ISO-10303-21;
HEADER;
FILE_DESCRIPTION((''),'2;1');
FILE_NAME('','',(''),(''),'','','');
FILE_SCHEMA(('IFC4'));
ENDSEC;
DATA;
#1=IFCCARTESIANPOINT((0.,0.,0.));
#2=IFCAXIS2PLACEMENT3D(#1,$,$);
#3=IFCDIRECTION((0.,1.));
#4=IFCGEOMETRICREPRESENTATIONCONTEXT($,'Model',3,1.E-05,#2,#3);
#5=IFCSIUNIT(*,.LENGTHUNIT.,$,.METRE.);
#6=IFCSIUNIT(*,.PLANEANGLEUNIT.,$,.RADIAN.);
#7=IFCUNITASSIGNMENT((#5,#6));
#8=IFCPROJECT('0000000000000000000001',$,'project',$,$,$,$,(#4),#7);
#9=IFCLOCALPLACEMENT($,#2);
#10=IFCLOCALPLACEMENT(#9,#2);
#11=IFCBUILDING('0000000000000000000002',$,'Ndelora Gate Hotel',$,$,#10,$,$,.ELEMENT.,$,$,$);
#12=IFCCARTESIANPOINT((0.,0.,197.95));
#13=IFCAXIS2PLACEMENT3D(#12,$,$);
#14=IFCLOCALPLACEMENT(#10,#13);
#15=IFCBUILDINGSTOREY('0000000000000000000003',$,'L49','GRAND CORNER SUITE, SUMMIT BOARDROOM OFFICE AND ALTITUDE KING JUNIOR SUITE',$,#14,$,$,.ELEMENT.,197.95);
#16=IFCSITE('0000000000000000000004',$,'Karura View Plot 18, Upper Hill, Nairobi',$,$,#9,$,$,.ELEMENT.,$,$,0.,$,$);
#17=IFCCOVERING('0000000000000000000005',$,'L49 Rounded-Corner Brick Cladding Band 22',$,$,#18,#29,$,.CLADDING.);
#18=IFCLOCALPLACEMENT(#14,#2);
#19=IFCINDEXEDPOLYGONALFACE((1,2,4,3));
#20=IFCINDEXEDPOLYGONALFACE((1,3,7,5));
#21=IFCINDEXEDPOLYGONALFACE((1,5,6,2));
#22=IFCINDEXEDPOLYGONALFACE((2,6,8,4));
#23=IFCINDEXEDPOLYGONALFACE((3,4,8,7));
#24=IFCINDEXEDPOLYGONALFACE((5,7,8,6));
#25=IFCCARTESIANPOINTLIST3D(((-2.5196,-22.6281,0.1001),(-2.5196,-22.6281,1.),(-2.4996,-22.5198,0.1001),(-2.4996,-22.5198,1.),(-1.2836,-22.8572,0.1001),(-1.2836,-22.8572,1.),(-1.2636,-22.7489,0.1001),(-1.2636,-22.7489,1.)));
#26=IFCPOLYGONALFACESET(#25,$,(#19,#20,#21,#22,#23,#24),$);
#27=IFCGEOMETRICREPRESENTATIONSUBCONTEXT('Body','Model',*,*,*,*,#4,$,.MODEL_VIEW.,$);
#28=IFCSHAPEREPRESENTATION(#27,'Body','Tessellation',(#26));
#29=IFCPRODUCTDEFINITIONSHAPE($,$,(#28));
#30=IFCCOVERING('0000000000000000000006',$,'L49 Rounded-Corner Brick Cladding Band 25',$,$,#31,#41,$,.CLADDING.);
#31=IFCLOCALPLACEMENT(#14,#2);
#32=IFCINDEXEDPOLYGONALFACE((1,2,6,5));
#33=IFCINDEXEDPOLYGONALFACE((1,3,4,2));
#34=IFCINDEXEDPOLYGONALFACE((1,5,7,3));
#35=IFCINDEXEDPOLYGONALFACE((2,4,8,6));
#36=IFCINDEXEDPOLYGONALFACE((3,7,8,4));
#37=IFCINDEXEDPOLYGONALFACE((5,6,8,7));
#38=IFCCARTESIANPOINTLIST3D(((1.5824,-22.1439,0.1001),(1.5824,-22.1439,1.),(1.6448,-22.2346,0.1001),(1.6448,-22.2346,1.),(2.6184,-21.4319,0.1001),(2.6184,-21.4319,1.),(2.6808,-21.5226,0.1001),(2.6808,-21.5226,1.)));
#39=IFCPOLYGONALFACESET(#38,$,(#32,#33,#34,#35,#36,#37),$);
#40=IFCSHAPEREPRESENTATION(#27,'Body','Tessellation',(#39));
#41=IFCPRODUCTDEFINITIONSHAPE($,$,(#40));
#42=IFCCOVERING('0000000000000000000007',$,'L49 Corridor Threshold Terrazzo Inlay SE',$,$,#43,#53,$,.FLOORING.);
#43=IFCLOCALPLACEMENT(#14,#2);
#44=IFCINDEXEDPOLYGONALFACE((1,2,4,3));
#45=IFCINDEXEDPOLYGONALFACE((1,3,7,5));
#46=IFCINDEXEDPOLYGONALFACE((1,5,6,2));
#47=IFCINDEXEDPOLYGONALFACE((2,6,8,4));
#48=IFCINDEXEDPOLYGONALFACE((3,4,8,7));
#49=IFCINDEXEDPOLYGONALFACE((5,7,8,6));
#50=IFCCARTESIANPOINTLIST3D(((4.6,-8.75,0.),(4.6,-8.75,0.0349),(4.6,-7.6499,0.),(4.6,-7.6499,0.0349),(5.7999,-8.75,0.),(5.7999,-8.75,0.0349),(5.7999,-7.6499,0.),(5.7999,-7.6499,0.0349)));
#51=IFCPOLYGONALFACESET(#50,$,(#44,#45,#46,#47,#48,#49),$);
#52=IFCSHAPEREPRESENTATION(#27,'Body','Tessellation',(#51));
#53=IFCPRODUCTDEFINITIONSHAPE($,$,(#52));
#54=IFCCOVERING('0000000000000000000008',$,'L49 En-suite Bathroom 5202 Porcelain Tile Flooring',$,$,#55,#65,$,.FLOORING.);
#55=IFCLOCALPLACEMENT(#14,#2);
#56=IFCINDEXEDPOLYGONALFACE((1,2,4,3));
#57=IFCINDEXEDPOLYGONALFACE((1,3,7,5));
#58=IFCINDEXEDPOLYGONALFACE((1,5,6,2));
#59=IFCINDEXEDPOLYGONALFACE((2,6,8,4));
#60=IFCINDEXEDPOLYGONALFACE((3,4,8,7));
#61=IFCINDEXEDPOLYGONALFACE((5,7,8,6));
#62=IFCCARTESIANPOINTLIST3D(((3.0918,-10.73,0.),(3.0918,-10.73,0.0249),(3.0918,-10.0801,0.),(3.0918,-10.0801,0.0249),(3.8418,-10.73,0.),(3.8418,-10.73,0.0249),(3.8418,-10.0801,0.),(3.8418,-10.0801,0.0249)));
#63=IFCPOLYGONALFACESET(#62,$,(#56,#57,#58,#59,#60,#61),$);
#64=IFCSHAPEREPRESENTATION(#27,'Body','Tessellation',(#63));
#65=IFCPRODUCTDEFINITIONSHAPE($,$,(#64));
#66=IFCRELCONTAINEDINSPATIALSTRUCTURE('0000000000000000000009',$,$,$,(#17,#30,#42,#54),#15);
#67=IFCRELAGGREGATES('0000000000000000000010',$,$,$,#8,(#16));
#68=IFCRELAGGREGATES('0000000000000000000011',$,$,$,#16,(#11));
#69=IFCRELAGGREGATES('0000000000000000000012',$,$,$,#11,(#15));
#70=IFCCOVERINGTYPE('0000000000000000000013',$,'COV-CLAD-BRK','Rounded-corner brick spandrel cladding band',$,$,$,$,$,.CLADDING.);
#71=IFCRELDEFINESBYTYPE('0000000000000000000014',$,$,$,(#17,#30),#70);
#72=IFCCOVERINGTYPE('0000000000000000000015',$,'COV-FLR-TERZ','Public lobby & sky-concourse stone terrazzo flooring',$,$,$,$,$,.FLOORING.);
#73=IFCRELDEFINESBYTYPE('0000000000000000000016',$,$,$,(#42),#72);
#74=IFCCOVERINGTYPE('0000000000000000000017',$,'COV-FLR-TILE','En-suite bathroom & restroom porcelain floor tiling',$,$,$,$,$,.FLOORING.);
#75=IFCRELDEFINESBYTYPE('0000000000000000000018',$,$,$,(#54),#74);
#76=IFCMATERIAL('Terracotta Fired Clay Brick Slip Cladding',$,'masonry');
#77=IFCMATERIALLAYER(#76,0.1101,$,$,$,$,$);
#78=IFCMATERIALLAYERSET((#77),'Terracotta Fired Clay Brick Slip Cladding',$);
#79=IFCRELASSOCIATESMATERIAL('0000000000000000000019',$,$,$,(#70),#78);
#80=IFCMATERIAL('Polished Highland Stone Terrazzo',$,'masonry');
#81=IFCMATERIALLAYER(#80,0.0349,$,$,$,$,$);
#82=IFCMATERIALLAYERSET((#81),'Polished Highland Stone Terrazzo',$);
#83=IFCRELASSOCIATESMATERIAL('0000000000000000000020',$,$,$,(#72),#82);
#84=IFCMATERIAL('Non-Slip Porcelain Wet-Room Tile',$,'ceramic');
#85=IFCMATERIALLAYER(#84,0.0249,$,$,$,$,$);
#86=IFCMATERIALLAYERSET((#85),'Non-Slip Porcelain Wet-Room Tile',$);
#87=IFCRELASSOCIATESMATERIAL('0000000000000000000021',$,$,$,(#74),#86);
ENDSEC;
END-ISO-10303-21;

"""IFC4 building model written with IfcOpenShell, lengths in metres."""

from ifc_helpers import new_model, si_unit, direction, frame, origin, origin_2d, place, context, subcontext, project, spatial, rectangle, extrude, material, layer, layer_set, type_object, element, save


model = new_model("IFC4")

# Units and contexts
model_context = context("Model", 3, precision=1e-05, world=origin(), true_north=direction((0.0, 1.0)))
body_context = subcontext(model_context, "Body", "Model", "MODEL_VIEW")
ifc_project = project(units=[si_unit("LENGTHUNIT", "METRE"), si_unit("PLANEANGLEUNIT", "RADIAN")], contexts=[model_context])

# Site, building, storey
site_placement = place(None, origin())
site = spatial("IfcSite", under=ifc_project, at=site_placement, Name="Karura View Plot 18, Upper Hill, Nairobi", CompositionType="ELEMENT", RefElevation=0.0)
building_placement = place(site_placement, origin())
building = spatial("IfcBuilding", under=site, at=building_placement, Name="Ndelora Gate Hotel", CompositionType="ELEMENT")
storey_placement = place(building_placement, frame((0.0, 0.0, 197.95)))
storey = spatial("IfcBuildingStorey", under=building, at=storey_placement, Name="L49", Description="GRAND CORNER SUITE, SUMMIT BOARDROOM OFFICE AND ALTITUDE KING JUNIOR SUITE", CompositionType="ELEMENT", Elevation=197.95)

# Coverings
ifc_material_1 = material(Name="Terracotta Fired Clay Brick Slip Cladding", Category="masonry")
ifc_layer_1 = layer(ifc_material_1, 0.1101)
ifc_layer_set_1 = layer_set([ifc_layer_1], Name="Terracotta Fired Clay Brick Slip Cladding")
covering_type_1 = type_object("IfcCoveringType", Name="COV-CLAD-BRK", Description="Rounded-corner brick spandrel cladding band", PredefinedType="CLADDING", material=ifc_layer_set_1)
for number, where, z_axis, x_axis, name in (
    (1, (-1.8916, -22.6885, 0.1001), (0.0, 0.0, 1.0), (-0.983255, 0.182236, 0.0), "L49 Rounded-Corner Brick Cladding Band 22"),
    (2, (2.1316, -21.8333, 0.1001), (0.0, 0.0, 1.0), (0.824126, 0.566406, 0.0), "L49 Rounded-Corner Brick Cladding Band 25"),
):
    element("IfcCovering", number, at=place(storey_placement, frame(where, z_axis=z_axis, x_axis=x_axis)), inside=storey, type_object=covering_type_1, Name=name, PredefinedType="CLADDING", context=body_context, shape_type="SweptSolid", body=[
        extrude(rectangle(XDim=1.2571, YDim=0.1101, at=origin_2d()), origin(), (0.0, 0.0, 1.0), 0.8999),
    ])
ifc_material_2 = material(Name="Polished Highland Stone Terrazzo", Category="masonry")
ifc_layer_2 = layer(ifc_material_2, 0.0349)
ifc_layer_set_2 = layer_set([ifc_layer_2], Name="Polished Highland Stone Terrazzo")
covering_type_2 = type_object("IfcCoveringType", Name="COV-FLR-TERZ", Description="Public lobby & sky-concourse stone terrazzo flooring", PredefinedType="FLOORING", material=ifc_layer_set_2)
covering_1_placement = place(storey_placement, frame((5.2, -8.2, 0.0), z_axis=(0.0, 0.0, 1.0), x_axis=(1.0, 0.0, 0.0)))
element("IfcCovering", 3, at=covering_1_placement, inside=storey, type_object=covering_type_2, Name="L49 Corridor Threshold Terrazzo Inlay SE", PredefinedType="FLOORING", context=body_context, shape_type="SweptSolid", body=[
    extrude(rectangle(XDim=1.2, YDim=1.1001, at=origin_2d()), origin(), (0.0, 0.0, 1.0), 0.0349),
])
ifc_material_3 = material(Name="Non-Slip Porcelain Wet-Room Tile", Category="ceramic")
ifc_layer_3 = layer(ifc_material_3, 0.0249)
ifc_layer_set_3 = layer_set([ifc_layer_3], Name="Non-Slip Porcelain Wet-Room Tile")
covering_type_3 = type_object("IfcCoveringType", Name="COV-FLR-TILE", Description="En-suite bathroom & restroom porcelain floor tiling", PredefinedType="FLOORING", material=ifc_layer_set_3)
covering_2_placement = place(storey_placement, frame((3.4668, -10.405, 0.0), z_axis=(0.0, 0.0, 1.0), x_axis=(1.0, 0.0, 0.0)))
element("IfcCovering", 4, at=covering_2_placement, inside=storey, type_object=covering_type_3, Name="L49 En-suite Bathroom 5202 Porcelain Tile Flooring", PredefinedType="FLOORING", context=body_context, shape_type="SweptSolid", body=[
    extrude(rectangle(XDim=0.75, YDim=0.6499, at=origin_2d()), origin(), (0.0, 0.0, 1.0), 0.0249),
])

save(model, "model.ifc")
